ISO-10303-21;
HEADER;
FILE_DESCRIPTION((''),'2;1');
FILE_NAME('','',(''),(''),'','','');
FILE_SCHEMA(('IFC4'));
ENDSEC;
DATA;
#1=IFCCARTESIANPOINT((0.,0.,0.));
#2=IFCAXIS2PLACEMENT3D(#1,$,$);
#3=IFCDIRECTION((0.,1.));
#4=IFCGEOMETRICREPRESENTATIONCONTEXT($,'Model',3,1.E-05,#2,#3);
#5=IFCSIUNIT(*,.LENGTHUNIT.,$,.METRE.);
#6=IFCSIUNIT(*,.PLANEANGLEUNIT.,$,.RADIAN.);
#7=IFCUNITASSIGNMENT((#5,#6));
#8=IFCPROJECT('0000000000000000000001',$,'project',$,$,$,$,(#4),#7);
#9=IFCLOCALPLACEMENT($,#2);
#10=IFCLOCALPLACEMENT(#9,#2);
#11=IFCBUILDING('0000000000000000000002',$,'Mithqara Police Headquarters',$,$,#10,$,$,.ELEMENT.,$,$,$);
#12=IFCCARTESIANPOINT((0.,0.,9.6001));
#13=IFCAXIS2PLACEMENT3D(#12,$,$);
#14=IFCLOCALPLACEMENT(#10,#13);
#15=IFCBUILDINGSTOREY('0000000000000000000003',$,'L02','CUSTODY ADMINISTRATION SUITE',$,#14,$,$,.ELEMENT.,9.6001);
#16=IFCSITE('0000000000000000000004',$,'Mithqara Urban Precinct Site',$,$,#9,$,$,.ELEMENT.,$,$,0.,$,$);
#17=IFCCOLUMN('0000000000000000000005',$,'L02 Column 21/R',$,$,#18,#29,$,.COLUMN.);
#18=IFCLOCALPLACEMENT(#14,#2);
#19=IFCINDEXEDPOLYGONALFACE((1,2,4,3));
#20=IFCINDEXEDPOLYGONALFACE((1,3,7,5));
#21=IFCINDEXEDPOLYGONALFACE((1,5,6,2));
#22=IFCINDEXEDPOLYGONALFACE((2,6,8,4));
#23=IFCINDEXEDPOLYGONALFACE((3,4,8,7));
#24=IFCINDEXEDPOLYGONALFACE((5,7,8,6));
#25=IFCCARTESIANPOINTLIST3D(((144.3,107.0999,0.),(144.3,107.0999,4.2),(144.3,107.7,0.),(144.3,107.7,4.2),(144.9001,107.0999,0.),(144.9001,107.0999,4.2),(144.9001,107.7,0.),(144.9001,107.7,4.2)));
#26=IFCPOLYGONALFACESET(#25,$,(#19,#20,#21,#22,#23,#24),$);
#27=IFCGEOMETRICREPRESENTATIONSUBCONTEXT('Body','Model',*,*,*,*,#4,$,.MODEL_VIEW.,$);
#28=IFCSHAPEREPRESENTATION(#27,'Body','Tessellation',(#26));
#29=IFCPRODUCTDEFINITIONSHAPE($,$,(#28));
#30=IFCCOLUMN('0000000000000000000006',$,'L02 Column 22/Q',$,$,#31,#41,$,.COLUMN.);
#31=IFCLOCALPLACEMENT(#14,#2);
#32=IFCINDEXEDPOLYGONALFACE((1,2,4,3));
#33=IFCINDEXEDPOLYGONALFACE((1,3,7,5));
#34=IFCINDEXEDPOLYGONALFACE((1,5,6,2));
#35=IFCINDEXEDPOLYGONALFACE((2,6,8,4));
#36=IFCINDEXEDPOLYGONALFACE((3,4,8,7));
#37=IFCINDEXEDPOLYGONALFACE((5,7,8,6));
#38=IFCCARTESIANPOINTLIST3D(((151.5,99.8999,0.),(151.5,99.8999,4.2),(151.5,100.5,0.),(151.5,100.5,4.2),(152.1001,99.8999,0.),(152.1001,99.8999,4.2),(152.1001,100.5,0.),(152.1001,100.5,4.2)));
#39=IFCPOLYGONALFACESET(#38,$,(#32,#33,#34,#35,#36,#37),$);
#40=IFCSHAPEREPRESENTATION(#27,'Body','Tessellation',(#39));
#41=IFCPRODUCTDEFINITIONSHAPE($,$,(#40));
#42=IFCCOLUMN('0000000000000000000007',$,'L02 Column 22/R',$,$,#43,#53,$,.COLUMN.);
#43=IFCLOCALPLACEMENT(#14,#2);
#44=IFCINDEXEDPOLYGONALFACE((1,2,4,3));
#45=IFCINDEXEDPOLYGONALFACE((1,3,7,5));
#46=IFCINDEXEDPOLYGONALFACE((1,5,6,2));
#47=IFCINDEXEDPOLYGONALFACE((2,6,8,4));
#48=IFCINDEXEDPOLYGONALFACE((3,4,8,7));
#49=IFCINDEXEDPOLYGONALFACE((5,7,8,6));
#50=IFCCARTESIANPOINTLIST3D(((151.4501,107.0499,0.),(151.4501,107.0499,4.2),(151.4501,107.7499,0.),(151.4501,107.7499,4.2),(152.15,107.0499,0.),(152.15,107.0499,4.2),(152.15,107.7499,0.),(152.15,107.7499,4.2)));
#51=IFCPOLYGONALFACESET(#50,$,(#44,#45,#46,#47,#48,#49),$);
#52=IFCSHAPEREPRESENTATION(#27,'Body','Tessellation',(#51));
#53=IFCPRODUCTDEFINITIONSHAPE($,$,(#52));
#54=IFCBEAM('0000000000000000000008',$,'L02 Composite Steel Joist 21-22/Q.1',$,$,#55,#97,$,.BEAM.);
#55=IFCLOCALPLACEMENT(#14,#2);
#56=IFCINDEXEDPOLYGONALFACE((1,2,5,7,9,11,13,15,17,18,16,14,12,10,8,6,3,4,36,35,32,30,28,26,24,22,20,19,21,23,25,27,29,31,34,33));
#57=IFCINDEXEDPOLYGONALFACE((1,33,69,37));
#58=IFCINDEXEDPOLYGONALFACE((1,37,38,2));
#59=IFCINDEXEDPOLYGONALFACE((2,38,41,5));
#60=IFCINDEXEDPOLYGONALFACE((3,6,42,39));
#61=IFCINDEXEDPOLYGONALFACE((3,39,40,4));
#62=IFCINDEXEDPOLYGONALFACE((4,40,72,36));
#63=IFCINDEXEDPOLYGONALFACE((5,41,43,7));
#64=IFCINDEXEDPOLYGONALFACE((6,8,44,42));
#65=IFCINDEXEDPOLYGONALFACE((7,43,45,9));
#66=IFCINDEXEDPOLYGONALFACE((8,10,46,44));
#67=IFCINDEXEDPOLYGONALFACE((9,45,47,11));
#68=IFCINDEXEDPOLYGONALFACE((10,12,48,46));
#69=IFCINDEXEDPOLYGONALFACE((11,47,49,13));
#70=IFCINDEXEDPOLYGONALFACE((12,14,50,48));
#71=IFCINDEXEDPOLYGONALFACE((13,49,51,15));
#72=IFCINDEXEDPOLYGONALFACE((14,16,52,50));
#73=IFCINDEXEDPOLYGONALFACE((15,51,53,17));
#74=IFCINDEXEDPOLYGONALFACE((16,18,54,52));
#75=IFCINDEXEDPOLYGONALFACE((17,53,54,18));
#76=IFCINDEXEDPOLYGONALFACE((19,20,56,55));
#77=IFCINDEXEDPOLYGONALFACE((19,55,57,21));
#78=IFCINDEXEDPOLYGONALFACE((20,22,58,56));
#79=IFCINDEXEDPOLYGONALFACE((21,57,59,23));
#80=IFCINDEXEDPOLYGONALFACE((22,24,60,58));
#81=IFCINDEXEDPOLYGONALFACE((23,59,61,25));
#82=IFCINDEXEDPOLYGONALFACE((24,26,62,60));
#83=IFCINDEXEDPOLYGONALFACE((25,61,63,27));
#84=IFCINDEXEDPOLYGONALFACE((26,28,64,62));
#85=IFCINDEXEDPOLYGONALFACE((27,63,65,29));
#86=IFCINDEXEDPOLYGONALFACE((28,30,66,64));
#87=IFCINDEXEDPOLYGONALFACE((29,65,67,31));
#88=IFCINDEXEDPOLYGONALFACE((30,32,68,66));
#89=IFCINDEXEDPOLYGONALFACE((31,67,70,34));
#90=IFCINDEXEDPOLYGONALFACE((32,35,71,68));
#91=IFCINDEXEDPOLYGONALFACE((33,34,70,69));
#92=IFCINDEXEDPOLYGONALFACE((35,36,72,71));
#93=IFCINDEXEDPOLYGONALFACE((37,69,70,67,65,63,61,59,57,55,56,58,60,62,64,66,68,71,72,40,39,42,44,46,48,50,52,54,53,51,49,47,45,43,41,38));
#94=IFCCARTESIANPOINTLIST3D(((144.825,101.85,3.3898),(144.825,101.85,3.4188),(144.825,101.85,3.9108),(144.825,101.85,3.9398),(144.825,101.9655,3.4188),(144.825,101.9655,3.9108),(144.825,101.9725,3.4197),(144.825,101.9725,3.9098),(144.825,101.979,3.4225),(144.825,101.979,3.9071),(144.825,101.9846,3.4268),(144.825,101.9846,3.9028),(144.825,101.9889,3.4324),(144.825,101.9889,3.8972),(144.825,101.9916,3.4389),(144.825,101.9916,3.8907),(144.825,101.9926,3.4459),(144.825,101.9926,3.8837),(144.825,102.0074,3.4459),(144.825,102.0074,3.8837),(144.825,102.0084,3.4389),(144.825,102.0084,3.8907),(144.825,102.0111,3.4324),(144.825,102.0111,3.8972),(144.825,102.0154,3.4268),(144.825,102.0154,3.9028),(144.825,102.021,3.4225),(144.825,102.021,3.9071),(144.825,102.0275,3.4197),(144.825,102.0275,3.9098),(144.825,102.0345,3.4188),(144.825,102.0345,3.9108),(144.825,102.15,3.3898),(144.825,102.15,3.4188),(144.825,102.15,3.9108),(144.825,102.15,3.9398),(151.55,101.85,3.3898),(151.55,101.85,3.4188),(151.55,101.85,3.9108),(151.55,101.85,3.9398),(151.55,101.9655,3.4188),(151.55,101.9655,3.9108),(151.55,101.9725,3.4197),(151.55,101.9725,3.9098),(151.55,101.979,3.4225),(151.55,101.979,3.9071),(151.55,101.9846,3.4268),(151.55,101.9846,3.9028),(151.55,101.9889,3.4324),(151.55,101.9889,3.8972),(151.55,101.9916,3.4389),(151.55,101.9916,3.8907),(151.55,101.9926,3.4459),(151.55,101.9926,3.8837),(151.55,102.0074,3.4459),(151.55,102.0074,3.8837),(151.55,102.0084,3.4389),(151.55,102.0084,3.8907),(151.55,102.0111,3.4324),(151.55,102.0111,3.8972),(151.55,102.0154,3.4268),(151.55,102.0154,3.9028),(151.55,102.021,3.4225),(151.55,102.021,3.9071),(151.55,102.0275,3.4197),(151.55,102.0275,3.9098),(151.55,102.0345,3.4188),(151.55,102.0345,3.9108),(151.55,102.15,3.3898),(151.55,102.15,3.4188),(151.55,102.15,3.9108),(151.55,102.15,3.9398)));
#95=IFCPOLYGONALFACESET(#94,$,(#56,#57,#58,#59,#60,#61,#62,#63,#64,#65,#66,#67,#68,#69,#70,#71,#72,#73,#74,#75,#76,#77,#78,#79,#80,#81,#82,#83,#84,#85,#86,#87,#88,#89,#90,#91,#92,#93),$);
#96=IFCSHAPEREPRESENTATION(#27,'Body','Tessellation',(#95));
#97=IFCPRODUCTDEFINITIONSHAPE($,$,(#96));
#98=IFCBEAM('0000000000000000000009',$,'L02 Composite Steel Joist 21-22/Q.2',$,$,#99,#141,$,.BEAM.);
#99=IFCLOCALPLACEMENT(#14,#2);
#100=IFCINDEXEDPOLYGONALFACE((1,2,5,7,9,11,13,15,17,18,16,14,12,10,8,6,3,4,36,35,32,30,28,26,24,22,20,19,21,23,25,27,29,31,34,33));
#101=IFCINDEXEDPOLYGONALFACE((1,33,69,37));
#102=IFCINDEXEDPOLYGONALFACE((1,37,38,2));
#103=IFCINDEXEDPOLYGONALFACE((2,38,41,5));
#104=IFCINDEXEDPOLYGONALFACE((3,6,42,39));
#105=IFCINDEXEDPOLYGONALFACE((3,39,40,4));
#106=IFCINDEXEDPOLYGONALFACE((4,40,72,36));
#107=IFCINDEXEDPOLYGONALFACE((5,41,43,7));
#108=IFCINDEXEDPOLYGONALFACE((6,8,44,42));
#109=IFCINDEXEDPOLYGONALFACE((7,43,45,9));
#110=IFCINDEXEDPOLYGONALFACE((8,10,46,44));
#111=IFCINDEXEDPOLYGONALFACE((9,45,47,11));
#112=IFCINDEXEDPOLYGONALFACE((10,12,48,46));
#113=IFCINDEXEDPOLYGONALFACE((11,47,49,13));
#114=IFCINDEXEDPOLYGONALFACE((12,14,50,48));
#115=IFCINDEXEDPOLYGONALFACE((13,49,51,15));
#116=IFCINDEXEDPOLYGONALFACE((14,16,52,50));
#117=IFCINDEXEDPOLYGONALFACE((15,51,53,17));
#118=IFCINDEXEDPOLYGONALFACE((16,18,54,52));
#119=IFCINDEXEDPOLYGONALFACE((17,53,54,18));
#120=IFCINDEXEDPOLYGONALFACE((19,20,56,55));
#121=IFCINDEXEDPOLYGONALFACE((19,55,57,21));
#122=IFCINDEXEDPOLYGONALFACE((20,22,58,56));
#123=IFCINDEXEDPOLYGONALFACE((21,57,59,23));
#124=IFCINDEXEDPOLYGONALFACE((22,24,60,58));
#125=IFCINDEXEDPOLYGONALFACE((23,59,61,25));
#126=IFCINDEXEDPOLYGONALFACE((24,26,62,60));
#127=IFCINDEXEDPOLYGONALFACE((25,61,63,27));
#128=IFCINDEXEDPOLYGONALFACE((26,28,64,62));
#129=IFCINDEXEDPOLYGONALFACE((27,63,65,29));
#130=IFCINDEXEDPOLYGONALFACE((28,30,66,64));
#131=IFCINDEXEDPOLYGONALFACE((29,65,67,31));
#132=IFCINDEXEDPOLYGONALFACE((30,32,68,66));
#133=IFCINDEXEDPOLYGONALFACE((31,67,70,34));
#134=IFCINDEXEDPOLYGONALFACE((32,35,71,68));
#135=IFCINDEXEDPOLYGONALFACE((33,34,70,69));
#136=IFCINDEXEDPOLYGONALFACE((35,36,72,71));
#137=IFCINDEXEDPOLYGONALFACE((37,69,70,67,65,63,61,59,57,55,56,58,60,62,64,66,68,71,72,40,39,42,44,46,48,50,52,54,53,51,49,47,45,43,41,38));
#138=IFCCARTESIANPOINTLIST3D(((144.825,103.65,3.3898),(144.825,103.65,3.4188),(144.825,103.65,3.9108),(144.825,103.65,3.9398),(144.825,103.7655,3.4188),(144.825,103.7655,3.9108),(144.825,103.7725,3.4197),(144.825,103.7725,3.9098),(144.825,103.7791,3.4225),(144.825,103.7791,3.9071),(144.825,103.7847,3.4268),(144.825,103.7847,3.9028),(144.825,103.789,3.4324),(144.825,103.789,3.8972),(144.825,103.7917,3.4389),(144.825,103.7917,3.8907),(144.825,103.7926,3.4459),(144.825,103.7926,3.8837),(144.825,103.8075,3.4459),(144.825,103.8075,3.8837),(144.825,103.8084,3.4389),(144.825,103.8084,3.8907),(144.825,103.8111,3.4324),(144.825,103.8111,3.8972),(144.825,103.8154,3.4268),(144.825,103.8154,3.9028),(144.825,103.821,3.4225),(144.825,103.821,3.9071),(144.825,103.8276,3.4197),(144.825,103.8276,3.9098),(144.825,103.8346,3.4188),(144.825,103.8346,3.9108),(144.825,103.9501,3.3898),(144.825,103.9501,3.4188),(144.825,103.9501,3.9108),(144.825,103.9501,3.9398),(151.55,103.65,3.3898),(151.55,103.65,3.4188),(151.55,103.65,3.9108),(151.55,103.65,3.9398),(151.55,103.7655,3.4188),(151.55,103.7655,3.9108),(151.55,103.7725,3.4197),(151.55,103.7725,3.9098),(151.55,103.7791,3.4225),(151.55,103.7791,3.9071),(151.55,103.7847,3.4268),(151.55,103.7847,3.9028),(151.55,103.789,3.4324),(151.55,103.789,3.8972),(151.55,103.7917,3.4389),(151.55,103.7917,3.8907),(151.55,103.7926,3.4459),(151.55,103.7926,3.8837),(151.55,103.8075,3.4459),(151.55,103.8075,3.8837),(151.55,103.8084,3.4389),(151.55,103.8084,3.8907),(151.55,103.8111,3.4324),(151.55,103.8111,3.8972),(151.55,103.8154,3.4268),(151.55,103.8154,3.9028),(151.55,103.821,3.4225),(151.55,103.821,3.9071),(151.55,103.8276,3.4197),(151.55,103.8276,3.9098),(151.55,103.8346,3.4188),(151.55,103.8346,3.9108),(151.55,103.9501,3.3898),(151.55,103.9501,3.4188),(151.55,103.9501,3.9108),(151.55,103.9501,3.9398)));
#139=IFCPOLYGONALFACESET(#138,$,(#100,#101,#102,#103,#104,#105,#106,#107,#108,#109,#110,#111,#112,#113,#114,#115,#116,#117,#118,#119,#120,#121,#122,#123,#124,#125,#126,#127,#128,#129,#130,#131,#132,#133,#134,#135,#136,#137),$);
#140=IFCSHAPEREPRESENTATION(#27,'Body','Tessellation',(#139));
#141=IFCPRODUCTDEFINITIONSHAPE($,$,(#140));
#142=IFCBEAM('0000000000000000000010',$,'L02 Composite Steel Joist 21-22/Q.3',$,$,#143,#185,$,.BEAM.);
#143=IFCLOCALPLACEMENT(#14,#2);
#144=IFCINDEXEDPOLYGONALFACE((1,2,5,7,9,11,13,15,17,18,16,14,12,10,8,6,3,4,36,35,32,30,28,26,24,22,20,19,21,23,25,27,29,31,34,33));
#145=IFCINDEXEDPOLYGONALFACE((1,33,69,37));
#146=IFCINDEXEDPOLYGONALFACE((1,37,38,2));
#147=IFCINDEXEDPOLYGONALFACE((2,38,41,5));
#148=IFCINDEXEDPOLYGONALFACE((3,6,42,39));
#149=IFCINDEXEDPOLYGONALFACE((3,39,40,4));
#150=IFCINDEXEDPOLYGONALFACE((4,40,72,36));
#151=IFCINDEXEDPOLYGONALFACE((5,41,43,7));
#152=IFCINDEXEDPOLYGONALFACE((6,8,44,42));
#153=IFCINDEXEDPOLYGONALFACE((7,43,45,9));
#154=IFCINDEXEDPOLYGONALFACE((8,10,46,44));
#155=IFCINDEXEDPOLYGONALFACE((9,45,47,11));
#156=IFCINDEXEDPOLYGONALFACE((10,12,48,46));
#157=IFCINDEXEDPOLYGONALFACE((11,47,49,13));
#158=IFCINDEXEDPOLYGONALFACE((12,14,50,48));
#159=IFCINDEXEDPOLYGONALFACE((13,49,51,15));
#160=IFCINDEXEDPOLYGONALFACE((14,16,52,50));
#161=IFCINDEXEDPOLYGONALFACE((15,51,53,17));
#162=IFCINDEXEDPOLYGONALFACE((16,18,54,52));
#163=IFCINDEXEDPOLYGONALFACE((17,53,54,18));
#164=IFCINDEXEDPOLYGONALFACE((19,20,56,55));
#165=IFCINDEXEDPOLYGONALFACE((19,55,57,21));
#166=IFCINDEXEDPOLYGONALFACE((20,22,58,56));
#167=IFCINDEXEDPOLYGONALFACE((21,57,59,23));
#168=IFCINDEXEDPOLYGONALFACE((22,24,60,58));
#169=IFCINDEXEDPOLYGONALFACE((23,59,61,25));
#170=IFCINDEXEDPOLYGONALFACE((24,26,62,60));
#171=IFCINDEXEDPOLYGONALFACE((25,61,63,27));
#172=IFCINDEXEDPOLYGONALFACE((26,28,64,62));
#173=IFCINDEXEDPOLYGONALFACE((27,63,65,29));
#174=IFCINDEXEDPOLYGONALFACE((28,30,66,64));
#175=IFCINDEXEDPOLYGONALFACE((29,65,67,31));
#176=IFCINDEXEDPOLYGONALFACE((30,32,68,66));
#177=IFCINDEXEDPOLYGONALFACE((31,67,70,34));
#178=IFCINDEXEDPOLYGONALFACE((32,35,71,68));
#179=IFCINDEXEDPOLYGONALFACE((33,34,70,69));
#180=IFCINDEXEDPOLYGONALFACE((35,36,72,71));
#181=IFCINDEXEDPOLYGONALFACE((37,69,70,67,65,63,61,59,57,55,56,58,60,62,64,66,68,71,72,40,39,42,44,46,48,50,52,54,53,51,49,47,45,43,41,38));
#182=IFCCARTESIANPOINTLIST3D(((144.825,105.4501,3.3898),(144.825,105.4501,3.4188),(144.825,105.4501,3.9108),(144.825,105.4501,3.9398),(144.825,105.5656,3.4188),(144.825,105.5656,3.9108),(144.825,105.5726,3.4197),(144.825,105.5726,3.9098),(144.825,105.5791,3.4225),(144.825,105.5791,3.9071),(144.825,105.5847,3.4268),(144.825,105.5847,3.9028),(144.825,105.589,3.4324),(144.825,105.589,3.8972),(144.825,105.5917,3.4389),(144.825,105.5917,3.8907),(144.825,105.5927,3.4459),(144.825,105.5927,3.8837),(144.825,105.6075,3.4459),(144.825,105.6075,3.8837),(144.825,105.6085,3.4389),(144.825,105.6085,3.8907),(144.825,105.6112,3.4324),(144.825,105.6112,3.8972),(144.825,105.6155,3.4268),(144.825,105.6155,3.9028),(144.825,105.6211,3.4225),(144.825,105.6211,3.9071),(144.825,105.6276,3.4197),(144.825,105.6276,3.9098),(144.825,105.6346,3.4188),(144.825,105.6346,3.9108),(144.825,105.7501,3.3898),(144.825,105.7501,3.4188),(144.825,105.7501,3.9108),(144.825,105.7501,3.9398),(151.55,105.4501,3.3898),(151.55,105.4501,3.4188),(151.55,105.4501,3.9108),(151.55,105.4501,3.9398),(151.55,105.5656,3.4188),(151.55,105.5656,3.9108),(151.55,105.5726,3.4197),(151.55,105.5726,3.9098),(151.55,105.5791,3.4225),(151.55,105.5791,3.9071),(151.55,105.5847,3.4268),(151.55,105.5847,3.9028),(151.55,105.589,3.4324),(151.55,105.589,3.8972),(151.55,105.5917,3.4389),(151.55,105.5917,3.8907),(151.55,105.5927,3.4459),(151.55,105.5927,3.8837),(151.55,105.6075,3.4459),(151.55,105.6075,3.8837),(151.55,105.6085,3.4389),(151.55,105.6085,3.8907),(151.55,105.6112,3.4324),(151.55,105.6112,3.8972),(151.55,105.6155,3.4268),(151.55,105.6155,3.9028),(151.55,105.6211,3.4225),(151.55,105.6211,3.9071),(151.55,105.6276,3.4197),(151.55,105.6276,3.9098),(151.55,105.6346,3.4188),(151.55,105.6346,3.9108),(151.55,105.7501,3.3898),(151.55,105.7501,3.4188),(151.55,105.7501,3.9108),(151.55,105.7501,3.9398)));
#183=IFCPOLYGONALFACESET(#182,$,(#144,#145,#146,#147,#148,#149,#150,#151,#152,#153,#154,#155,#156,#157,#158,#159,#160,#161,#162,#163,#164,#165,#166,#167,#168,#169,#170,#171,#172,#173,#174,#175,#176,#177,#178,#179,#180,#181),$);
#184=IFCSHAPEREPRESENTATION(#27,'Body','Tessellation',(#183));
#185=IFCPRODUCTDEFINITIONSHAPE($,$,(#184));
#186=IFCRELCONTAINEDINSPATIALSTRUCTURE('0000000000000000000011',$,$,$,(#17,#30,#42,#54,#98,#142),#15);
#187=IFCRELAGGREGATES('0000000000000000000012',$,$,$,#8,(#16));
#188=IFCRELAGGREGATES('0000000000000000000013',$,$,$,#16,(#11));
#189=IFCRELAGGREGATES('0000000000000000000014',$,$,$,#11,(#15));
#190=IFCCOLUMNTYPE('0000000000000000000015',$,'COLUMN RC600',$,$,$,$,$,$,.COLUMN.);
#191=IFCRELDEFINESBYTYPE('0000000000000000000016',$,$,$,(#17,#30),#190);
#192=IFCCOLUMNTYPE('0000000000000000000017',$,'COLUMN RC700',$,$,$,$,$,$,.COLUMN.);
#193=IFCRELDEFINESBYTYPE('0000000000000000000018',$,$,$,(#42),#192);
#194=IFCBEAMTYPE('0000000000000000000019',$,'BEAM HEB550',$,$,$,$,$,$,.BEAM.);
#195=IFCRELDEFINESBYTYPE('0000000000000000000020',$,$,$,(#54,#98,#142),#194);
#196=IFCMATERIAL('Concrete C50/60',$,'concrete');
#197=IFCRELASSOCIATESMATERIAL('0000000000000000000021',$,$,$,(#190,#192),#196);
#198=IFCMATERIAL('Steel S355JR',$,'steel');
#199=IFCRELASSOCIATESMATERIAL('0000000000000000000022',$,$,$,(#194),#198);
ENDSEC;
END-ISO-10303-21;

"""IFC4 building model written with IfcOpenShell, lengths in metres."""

from ifc_helpers import new_model, si_unit, direction, frame, origin, origin_2d, place, context, subcontext, project, spatial, rectangle, i_section, extrude, material, material_profile, profile_set, type_object, element, save


model = new_model("IFC4")

# Units and contexts
model_context = context("Model", 3, precision=1e-05, world=origin(), true_north=direction((0.0, 1.0)))
body_context = subcontext(model_context, "Body", "Model", "MODEL_VIEW")
ifc_project = project(units=[si_unit("LENGTHUNIT", "METRE"), si_unit("PLANEANGLEUNIT", "RADIAN")], contexts=[model_context])

# Site, building, storey
site_placement = place(None, origin())
site = spatial("IfcSite", under=ifc_project, at=site_placement, Name="Mithqara Urban Precinct Site", CompositionType="ELEMENT", RefElevation=0.0)
building_placement = place(site_placement, origin())
building = spatial("IfcBuilding", under=site, at=building_placement, Name="Mithqara Police Headquarters", CompositionType="ELEMENT")
storey_placement = place(building_placement, frame((0.0, 0.0, 9.6001)))
storey = spatial("IfcBuildingStorey", under=building, at=storey_placement, Name="L02", Description="CUSTODY ADMINISTRATION SUITE", CompositionType="ELEMENT", Elevation=9.6001)

# Columns
ifc_material_1 = material(Name="Concrete C50/60", Category="concrete")
ifc_material_profile_1 = material_profile(ifc_material_1, rectangle(XDim=0.6001, YDim=0.6001, at=origin_2d()), Name="RC 600x600")
ifc_profile_set_1 = profile_set([ifc_material_profile_1], Name="Concrete C50/60")
column_type_1 = type_object("IfcColumnType", Name="COLUMN RC600", PredefinedType="COLUMN", material=ifc_profile_set_1)
for number, where, z_axis, x_axis, name in (
    (1, (144.6001, 107.3999, 0.0), (0.0, 0.0, 1.0), (1.0, 0.0, 0.0), "L02 Column 21/R"),
    (2, (151.8, 100.2, 0.0), (0.0, 0.0, 1.0), (1.0, 0.0, 0.0), "L02 Column 22/Q"),
):
    element("IfcColumn", number, at=place(storey_placement, frame(where, z_axis=z_axis, x_axis=x_axis)), inside=storey, type_object=column_type_1, Name=name, PredefinedType="COLUMN", context=body_context, shape_type="SweptSolid", body=[
        extrude(rectangle(XDim=0.6001, YDim=0.6001, at=origin_2d()), origin(), (0.0, 0.0, 1.0), 4.2),
    ])
ifc_material_profile_2 = material_profile(ifc_material_1, rectangle(XDim=0.7, YDim=0.7, at=origin_2d()), Name="RC 700x700")
ifc_profile_set_2 = profile_set([ifc_material_profile_2], Name="Concrete C50/60")
column_type_2 = type_object("IfcColumnType", Name="COLUMN RC700", PredefinedType="COLUMN", material=ifc_profile_set_2)
column_placement = place(storey_placement, frame((151.8, 107.3999, 0.0), z_axis=(0.0, 0.0, 1.0), x_axis=(1.0, 0.0, 0.0)))
element("IfcColumn", 3, at=column_placement, inside=storey, type_object=column_type_2, Name="L02 Column 22/R", PredefinedType="COLUMN", context=body_context, shape_type="SweptSolid", body=[
    extrude(rectangle(XDim=0.7, YDim=0.7, at=origin_2d()), origin(), (0.0, 0.0, 1.0), 4.2),
])

# Beams
ifc_material_2 = material(Name="Steel S355JR", Category="steel")
ifc_material_profile_3 = material_profile(ifc_material_2, i_section(OverallWidth=0.3, OverallDepth=0.55, WebThickness=0.0149, FlangeThickness=0.0291, FilletRadius=0.0271, at=origin_2d()), Name="HEB 550")
ifc_profile_set_3 = profile_set([ifc_material_profile_3], Name="Steel S355JR")
beam_type_1 = type_object("IfcBeamType", Name="BEAM HEB550", PredefinedType="BEAM", material=ifc_profile_set_3)
for number, where, z_axis, x_axis, name in (
    (4, (144.825, 102.0, 3.6648), (1.0, 0.0, 0.0), (0.0, 1.0, 0.0), "L02 Composite Steel Joist 21-22/Q.1"),
    (5, (144.825, 103.8, 3.6648), (1.0, 0.0, 0.0), (0.0, 1.0, 0.0), "L02 Composite Steel Joist 21-22/Q.2"),
    (6, (144.825, 105.6001, 3.6648), (1.0, 0.0, 0.0), (0.0, 1.0, 0.0), "L02 Composite Steel Joist 21-22/Q.3"),
):
    element("IfcBeam", number, at=place(storey_placement, frame(where, z_axis=z_axis, x_axis=x_axis)), inside=storey, type_object=beam_type_1, Name=name, PredefinedType="BEAM", context=body_context, shape_type="SweptSolid", body=[
        extrude(i_section(OverallWidth=0.3, OverallDepth=0.55, WebThickness=0.0149, FlangeThickness=0.0291, FilletRadius=0.0271, at=origin_2d()), origin(), (0.0, 0.0, 1.0), 6.7251),
    ])

save(model, "model.ifc")
